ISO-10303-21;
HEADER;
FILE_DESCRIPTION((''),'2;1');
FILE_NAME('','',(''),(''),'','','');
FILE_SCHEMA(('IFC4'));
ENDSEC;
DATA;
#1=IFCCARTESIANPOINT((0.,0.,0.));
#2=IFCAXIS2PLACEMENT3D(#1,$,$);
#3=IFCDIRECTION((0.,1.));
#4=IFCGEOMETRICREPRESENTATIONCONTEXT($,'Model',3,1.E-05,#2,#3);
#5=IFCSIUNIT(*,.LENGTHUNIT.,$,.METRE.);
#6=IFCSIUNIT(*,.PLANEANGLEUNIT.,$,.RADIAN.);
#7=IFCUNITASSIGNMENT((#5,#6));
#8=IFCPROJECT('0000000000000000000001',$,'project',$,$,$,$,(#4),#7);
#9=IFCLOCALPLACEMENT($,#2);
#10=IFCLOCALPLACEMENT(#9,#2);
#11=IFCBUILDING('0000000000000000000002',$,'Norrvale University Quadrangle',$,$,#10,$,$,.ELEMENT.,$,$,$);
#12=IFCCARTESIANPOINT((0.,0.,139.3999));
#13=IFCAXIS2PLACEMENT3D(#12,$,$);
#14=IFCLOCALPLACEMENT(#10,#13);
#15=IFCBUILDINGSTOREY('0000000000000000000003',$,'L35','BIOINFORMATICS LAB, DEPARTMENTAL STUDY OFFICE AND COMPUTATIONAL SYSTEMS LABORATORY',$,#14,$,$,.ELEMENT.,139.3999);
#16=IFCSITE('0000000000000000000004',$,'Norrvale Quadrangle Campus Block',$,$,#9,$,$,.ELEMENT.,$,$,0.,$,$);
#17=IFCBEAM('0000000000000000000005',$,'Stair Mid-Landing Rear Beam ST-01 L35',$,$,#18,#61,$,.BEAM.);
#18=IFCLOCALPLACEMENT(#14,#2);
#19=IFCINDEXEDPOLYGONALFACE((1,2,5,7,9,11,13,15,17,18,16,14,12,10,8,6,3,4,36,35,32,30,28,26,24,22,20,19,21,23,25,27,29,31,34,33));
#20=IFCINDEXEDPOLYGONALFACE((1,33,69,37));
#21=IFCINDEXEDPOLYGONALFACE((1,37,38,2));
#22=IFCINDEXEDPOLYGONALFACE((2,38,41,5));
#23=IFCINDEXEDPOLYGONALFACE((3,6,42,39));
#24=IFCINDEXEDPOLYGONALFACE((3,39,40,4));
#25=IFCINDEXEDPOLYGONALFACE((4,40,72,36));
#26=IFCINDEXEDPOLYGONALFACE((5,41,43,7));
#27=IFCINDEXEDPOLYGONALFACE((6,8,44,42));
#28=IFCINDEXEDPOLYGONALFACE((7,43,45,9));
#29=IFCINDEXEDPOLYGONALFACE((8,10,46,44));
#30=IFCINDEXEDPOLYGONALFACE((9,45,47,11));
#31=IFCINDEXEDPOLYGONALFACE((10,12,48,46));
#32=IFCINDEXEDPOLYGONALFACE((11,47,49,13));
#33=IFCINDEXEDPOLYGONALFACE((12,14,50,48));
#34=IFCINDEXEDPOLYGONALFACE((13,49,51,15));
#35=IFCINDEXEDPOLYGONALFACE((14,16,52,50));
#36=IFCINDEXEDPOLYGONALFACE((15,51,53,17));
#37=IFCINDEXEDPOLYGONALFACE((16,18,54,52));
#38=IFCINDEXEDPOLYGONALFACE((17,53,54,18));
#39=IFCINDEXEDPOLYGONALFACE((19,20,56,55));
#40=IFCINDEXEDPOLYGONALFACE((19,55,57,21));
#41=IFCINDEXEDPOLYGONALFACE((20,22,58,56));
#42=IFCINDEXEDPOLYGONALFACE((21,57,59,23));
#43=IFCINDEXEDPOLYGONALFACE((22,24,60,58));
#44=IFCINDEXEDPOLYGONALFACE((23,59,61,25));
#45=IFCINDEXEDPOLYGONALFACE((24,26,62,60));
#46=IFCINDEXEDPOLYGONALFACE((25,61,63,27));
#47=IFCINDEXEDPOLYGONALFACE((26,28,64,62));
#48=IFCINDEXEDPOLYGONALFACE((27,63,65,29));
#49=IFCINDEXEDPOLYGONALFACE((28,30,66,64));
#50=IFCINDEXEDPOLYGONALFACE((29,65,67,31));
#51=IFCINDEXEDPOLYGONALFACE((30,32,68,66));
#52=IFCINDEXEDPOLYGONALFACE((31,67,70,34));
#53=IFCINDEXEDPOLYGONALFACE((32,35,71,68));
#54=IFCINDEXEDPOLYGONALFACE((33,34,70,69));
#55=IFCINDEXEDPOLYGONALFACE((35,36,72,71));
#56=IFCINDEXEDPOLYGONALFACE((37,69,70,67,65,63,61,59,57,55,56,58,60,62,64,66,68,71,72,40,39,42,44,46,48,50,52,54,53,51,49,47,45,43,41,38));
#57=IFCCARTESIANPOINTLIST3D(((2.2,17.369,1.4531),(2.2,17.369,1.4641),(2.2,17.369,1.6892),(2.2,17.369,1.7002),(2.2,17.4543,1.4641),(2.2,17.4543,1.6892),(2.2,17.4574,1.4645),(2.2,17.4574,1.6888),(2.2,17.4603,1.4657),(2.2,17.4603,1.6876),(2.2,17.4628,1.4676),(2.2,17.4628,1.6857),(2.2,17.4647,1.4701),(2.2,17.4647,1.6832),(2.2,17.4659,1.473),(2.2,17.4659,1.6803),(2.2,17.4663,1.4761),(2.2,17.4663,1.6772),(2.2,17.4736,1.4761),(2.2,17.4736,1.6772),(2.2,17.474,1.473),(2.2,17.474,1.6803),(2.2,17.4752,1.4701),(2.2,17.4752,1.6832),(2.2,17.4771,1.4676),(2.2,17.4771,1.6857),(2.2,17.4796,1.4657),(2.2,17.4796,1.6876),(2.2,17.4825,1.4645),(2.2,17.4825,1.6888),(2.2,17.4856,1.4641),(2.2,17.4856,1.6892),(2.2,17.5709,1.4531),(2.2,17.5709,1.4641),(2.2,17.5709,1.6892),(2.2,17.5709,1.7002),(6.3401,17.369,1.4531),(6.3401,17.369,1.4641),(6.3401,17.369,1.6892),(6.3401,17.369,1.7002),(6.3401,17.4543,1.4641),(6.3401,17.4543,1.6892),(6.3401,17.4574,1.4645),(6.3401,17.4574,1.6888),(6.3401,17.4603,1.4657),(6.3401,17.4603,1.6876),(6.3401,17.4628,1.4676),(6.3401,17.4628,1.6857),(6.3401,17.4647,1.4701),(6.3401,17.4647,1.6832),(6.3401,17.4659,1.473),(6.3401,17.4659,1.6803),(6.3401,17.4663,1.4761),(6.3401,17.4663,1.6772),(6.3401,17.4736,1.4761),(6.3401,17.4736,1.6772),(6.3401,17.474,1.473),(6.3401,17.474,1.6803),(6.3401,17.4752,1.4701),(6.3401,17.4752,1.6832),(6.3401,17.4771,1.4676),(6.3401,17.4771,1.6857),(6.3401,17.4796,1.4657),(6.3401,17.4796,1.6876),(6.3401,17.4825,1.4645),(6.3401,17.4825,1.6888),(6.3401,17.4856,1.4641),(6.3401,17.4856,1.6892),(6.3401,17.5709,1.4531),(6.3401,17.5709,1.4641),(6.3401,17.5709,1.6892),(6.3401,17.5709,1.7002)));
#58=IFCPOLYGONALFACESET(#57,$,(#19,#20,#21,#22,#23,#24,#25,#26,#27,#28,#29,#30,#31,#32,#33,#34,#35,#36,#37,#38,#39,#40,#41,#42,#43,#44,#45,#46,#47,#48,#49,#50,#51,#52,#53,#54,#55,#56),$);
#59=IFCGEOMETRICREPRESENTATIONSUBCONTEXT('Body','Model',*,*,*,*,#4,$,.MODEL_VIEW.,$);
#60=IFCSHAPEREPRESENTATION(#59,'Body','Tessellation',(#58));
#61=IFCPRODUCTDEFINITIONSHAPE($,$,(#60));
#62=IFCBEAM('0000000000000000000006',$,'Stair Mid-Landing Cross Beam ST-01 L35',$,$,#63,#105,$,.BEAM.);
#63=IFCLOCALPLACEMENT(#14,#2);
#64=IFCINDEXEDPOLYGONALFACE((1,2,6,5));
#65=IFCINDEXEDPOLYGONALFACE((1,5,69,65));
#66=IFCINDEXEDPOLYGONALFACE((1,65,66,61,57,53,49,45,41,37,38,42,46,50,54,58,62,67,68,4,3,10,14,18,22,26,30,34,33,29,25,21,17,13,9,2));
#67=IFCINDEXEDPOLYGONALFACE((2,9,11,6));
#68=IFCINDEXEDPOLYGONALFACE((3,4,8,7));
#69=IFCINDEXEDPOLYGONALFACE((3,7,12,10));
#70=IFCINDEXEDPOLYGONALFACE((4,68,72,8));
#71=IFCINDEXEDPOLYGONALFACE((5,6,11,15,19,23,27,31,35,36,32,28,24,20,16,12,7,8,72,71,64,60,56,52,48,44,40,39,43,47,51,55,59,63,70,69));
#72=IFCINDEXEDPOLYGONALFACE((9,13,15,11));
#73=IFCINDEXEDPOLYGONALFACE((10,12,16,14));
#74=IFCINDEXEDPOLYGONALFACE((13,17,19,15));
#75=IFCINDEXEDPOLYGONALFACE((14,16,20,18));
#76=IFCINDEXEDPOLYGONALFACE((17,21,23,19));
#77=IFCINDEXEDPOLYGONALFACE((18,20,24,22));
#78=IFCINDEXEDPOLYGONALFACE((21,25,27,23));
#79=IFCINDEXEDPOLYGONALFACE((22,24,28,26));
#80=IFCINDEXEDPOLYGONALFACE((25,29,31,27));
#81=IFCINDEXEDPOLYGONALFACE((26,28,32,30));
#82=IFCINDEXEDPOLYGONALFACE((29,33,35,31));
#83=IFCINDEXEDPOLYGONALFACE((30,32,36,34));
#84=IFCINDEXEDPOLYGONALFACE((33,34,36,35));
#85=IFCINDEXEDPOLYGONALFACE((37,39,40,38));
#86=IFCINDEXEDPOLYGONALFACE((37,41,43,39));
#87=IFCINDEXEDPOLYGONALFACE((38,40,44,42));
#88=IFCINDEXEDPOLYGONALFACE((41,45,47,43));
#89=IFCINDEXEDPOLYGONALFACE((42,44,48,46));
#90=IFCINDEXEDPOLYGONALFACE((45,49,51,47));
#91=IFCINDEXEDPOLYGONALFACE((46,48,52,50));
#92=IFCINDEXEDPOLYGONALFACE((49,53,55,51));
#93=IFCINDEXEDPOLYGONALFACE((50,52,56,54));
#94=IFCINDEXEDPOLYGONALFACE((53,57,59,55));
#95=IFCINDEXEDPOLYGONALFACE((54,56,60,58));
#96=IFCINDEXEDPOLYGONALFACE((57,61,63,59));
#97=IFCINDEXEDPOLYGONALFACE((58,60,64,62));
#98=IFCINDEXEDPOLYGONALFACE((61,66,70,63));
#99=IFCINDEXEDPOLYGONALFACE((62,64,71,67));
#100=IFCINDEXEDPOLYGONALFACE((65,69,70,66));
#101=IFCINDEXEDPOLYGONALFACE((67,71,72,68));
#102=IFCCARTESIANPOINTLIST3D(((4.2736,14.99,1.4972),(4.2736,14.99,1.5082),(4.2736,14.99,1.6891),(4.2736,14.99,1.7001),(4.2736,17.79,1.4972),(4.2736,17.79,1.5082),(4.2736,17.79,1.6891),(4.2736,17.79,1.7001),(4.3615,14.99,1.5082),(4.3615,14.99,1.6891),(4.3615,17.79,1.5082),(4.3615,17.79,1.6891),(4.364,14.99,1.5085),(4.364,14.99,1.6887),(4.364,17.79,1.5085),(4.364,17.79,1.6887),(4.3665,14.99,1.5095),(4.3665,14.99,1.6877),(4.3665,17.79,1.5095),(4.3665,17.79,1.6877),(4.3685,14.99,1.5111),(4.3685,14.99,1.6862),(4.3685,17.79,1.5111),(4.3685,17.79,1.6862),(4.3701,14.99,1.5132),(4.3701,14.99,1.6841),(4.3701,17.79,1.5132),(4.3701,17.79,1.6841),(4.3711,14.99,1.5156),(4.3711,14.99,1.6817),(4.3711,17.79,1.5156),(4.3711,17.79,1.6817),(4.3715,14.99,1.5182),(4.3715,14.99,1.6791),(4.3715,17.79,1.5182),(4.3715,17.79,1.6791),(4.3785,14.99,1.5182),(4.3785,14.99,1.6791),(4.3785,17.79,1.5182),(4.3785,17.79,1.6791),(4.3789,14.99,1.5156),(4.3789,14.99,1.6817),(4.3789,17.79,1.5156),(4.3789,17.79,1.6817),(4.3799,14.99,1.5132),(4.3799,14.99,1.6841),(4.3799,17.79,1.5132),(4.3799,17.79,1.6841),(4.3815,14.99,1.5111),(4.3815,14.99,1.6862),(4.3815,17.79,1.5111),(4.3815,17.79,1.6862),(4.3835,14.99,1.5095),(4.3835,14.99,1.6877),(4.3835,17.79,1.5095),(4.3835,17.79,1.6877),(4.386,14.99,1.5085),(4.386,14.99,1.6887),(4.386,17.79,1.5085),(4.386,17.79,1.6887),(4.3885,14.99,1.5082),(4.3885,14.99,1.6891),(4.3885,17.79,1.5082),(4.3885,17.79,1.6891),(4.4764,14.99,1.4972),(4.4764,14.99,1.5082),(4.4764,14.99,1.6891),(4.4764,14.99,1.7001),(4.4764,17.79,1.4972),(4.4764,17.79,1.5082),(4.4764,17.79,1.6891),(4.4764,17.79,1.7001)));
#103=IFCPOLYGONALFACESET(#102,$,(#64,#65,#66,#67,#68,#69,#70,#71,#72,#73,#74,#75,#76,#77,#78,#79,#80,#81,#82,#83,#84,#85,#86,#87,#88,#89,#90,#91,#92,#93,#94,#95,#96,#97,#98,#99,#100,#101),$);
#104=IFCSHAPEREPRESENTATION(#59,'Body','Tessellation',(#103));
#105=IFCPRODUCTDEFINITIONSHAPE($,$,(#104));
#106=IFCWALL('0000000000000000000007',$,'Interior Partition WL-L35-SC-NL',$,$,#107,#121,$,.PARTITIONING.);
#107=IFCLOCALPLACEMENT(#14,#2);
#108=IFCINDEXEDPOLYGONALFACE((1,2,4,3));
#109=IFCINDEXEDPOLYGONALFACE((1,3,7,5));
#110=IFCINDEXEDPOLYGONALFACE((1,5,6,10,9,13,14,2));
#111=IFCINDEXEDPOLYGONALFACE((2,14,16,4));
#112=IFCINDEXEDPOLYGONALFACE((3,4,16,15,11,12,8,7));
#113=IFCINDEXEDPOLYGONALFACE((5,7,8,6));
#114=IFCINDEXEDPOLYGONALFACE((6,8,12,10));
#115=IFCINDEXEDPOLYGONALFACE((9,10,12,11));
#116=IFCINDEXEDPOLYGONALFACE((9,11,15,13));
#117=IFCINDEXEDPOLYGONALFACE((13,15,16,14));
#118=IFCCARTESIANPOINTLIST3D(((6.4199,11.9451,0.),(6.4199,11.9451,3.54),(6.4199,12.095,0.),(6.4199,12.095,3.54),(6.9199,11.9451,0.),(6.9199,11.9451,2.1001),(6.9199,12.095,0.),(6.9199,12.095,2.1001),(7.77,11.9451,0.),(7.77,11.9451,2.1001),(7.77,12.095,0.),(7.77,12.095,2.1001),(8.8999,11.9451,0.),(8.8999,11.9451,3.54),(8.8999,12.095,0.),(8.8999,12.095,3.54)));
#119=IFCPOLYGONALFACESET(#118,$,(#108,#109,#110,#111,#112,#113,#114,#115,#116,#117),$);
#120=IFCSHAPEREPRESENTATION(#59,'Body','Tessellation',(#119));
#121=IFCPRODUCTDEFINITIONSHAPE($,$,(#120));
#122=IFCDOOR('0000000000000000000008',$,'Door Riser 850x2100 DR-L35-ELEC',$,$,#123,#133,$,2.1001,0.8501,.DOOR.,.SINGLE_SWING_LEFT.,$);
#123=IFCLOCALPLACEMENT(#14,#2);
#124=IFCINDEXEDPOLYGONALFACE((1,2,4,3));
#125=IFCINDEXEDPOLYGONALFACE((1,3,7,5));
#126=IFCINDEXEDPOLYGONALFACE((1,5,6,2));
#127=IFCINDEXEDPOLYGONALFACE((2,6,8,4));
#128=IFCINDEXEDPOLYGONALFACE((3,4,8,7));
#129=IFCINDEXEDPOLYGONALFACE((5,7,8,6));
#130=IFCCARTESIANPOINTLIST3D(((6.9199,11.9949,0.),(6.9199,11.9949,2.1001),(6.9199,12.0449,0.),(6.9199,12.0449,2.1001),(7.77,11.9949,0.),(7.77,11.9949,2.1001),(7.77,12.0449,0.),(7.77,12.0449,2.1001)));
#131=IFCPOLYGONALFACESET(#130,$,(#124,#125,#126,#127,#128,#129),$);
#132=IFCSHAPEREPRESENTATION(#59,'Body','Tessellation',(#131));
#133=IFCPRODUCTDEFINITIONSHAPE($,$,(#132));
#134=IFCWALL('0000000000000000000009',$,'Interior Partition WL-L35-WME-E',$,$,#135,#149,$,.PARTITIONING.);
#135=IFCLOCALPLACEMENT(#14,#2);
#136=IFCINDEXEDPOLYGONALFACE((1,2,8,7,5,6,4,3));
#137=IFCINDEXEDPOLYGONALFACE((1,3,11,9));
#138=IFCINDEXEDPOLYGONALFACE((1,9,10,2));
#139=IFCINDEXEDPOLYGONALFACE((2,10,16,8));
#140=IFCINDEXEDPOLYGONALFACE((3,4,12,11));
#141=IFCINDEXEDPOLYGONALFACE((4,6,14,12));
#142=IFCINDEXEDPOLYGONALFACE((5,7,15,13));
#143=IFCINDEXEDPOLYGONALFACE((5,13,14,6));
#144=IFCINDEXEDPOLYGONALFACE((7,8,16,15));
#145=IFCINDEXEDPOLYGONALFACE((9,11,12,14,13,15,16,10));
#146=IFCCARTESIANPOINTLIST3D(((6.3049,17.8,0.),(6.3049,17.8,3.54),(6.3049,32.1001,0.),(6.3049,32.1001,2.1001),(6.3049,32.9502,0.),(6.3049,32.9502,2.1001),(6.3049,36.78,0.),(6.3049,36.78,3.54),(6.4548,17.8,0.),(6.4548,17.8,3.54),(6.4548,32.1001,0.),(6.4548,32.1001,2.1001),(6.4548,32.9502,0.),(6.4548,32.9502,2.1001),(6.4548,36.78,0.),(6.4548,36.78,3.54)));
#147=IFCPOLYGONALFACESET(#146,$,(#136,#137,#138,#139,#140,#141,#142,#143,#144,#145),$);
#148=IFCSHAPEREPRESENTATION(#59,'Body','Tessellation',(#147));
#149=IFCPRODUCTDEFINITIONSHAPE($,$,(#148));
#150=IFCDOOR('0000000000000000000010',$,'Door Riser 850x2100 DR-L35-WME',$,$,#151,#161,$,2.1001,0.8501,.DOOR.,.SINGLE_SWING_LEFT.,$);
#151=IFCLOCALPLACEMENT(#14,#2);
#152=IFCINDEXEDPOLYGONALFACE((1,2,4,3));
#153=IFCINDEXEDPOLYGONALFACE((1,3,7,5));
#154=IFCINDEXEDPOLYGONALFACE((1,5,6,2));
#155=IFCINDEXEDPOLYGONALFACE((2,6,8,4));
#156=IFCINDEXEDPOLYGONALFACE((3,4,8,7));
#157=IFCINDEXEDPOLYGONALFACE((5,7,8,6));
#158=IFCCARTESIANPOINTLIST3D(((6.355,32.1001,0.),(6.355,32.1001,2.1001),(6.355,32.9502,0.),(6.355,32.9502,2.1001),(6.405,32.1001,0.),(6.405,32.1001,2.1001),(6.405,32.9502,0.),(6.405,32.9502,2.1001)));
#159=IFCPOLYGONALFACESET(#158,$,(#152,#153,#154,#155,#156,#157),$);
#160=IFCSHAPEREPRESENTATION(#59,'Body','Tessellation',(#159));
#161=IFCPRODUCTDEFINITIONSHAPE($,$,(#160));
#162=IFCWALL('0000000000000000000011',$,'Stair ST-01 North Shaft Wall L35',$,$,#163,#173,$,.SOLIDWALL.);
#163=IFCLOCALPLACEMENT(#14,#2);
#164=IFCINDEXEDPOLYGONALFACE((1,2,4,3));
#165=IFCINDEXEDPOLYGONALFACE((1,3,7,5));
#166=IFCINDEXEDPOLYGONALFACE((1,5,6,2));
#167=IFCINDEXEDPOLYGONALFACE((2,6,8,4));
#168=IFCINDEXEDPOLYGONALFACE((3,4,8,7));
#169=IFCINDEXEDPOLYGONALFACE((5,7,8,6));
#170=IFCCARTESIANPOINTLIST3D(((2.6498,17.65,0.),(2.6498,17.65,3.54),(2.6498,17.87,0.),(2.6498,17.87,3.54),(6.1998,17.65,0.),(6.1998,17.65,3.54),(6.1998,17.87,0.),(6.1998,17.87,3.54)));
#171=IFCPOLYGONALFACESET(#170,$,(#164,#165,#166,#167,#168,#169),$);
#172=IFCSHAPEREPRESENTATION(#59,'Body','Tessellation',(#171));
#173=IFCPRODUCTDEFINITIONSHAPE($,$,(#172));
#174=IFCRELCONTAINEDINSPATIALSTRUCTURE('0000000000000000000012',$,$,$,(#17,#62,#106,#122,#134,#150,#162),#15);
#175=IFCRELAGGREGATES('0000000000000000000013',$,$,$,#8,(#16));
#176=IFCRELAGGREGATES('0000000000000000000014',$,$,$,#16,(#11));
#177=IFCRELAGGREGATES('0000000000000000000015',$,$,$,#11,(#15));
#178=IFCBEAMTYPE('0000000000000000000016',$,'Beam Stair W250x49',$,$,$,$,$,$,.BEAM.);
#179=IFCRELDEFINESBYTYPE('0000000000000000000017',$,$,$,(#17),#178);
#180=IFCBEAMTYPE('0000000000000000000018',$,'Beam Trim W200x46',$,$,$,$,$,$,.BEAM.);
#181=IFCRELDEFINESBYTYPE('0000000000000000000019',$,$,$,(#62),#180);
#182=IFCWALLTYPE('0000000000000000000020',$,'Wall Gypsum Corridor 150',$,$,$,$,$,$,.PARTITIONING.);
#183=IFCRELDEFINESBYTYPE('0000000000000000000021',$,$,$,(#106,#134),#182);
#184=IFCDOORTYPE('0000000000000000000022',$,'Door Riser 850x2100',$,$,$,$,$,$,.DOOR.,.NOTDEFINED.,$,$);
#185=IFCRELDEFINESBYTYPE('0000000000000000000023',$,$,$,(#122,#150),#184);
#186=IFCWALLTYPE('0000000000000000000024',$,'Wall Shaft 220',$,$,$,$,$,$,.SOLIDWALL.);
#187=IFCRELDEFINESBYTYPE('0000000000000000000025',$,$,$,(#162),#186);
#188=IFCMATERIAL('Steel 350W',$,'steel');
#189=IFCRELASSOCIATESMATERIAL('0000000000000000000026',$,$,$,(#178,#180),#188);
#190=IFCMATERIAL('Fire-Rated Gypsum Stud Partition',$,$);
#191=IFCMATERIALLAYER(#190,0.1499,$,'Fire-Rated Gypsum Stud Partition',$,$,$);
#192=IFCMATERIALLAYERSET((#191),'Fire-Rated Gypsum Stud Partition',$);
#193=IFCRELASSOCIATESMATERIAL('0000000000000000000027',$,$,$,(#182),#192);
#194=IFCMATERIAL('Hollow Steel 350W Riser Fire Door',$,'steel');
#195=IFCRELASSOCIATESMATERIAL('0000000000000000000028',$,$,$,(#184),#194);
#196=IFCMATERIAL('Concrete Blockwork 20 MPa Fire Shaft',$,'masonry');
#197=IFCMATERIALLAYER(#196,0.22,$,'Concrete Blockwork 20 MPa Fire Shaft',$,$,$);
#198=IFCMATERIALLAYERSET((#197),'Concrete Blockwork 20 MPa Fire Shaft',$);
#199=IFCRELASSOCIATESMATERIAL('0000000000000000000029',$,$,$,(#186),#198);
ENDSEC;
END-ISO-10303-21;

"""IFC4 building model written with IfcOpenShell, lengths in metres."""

from ifc_helpers import new_model, si_unit, direction, frame, frame_2d, origin, origin_2d, place, context, subcontext, project, spatial, rectangle, i_section, extrude, material, layer, layer_set, material_profile, profile_set, type_object, element, fill, save


model = new_model("IFC4")

# Units and contexts
model_context = context("Model", 3, precision=1e-05, world=origin(), true_north=direction((0.0, 1.0)))
body_context = subcontext(model_context, "Body", "Model", "MODEL_VIEW")
ifc_project = project(units=[si_unit("LENGTHUNIT", "METRE"), si_unit("PLANEANGLEUNIT", "RADIAN")], contexts=[model_context])

# Site, building, storey
site_placement = place(None, origin())
site = spatial("IfcSite", under=ifc_project, at=site_placement, Name="Norrvale Quadrangle Campus Block", CompositionType="ELEMENT", RefElevation=0.0)
building_placement = place(site_placement, origin())
building = spatial("IfcBuilding", under=site, at=building_placement, Name="Norrvale University Quadrangle", CompositionType="ELEMENT")
storey_placement = place(building_placement, frame((0.0, 0.0, 139.3999)))
storey = spatial("IfcBuildingStorey", under=building, at=storey_placement, Name="L35", Description="BIOINFORMATICS LAB, DEPARTMENTAL STUDY OFFICE AND COMPUTATIONAL SYSTEMS LABORATORY", CompositionType="ELEMENT", Elevation=139.3999)

# Beams
ifc_material_1 = material(Name="Steel 350W", Category="steel")
ifc_material_profile_1 = material_profile(ifc_material_1, i_section(OverallWidth=0.2019, OverallDepth=0.2471, WebThickness=0.0073, FlangeThickness=0.011, FilletRadius=0.012, at=origin_2d()), Name="Steel 350W")
ifc_profile_set_1 = profile_set([ifc_material_profile_1], Name="Steel 350W")
beam_type_1 = type_object("IfcBeamType", Name="Beam Stair W250x49", PredefinedType="BEAM", material=ifc_profile_set_1)
for number, where, z_axis, x_axis, name in (
    (1, (2.2, 17.47, 1.5767), (1.0, 0.0, 0.0), (0.0, 1.0, 0.0), "Stair Mid-Landing Rear Beam ST-01 L35"),
):
    element("IfcBeam", number, at=place(storey_placement, frame(where, z_axis=z_axis, x_axis=x_axis)), inside=storey, type_object=beam_type_1, Name=name, PredefinedType="BEAM", context=body_context, shape_type="SweptSolid", body=[
        extrude(i_section(OverallWidth=0.2019, OverallDepth=0.2471, WebThickness=0.0073, FlangeThickness=0.011, FilletRadius=0.012, at=origin_2d()), origin(), (0.0, 0.0, 1.0), 4.1401),
    ])
ifc_material_profile_2 = material_profile(ifc_material_1, i_section(OverallWidth=0.2029, OverallDepth=0.2029, WebThickness=0.0071, FlangeThickness=0.011, FilletRadius=0.01, at=origin_2d()), Name="Steel 350W")
ifc_profile_set_2 = profile_set([ifc_material_profile_2], Name="Steel 350W")
beam_type_2 = type_object("IfcBeamType", Name="Beam Trim W200x46", PredefinedType="BEAM", material=ifc_profile_set_2)
beam_1_placement = place(storey_placement, frame((4.375, 14.99, 1.5986), z_axis=(0.0, 1.0, 0.0), x_axis=(-1.0, 0.0, 0.0)))
element("IfcBeam", 2, at=beam_1_placement, inside=storey, type_object=beam_type_2, Name="Stair Mid-Landing Cross Beam ST-01 L35", PredefinedType="BEAM", context=body_context, shape_type="SweptSolid", body=[
    extrude(i_section(OverallWidth=0.2029, OverallDepth=0.2029, WebThickness=0.0071, FlangeThickness=0.011, FilletRadius=0.01, at=origin_2d()), origin(), (0.0, 0.0, 1.0), 2.8),
])

# Walls, openings, doors
ifc_material_2 = material(Name="Fire-Rated Gypsum Stud Partition")
ifc_layer_1 = layer(ifc_material_2, 0.1499, Name="Fire-Rated Gypsum Stud Partition")
ifc_layer_set_1 = layer_set([ifc_layer_1], Name="Fire-Rated Gypsum Stud Partition")
wall_type_1 = type_object("IfcWallType", Name="Wall Gypsum Corridor 150", PredefinedType="PARTITIONING", material=ifc_layer_set_1)
wall_1_placement = place(storey_placement, frame((6.4199, 12.02, 0.0), z_axis=(0.0, 0.0, 1.0), x_axis=(1.0, 0.0, 0.0)))
wall_1 = element("IfcWall", 3, at=wall_1_placement, inside=storey, type_object=wall_type_1, Name="Interior Partition WL-L35-SC-NL", PredefinedType="PARTITIONING", context=body_context, shape_type="SweptSolid", body=[
    extrude(rectangle(XDim=2.48, YDim=0.1499, at=frame_2d((1.24, 0.0))), origin(), (0.0, 0.0, 1.0), 3.54),
])
opening_1_placement = place(wall_1_placement, frame((0.5, 0.0, 0.0)))
opening_1 = element("IfcOpeningElement", 4, at=opening_1_placement, cuts=wall_1, PredefinedType="OPENING", context=body_context, shape_type="SweptSolid", body=[
    extrude(rectangle(XDim=0.8501, YDim=2.1001, at=frame_2d((0.425, 1.05))), frame((0.0, 0.0869, 0.0), z_axis=(0.0, -1.0, 0.0), x_axis=(1.0, 0.0, 0.0)), (0.0, 0.0, 1.0), 0.1738),
])
ifc_material_3 = material(Name="Hollow Steel 350W Riser Fire Door", Category="steel")
door_type = type_object("IfcDoorType", Name="Door Riser 850x2100", OperationType="NOTDEFINED", PredefinedType="DOOR", material=ifc_material_3)
door_1_placement = place(opening_1_placement, origin())
door_1 = element("IfcDoor", 5, at=door_1_placement, inside=storey, type_object=door_type, Name="Door Riser 850x2100 DR-L35-ELEC", OperationType="SINGLE_SWING_LEFT", OverallHeight=2.1001, OverallWidth=0.8501, PredefinedType="DOOR", context=body_context, shape_type="SweptSolid", body=[
    extrude(rectangle(XDim=0.8501, YDim=2.1001, at=frame_2d((0.425, 1.05))), frame((0.0, 0.0249, 0.0), z_axis=(0.0, -1.0, 0.0), x_axis=(1.0, 0.0, 0.0)), (0.0, 0.0, 1.0), 0.05),
])
fill(opening_1, door_1)
wall_2_placement = place(storey_placement, frame((6.3799, 17.8, 0.0), z_axis=(0.0, 0.0, 1.0), x_axis=(0.0, 1.0, 0.0)))
wall_2 = element("IfcWall", 6, at=wall_2_placement, inside=storey, type_object=wall_type_1, Name="Interior Partition WL-L35-WME-E", PredefinedType="PARTITIONING", context=body_context, shape_type="SweptSolid", body=[
    extrude(rectangle(XDim=18.98, YDim=0.1499, at=frame_2d((9.49, 0.0))), origin(), (0.0, 0.0, 1.0), 3.54),
])
opening_2_placement = place(wall_2_placement, frame((14.3, 0.0, 0.0)))
opening_2 = element("IfcOpeningElement", 7, at=opening_2_placement, cuts=wall_2, PredefinedType="OPENING", context=body_context, shape_type="SweptSolid", body=[
    extrude(rectangle(XDim=0.8501, YDim=2.1001, at=frame_2d((0.425, 1.05))), frame((0.0, 0.0869, 0.0), z_axis=(0.0, -1.0, 0.0), x_axis=(1.0, 0.0, 0.0)), (0.0, 0.0, 1.0), 0.1738),
])
door_2_placement = place(opening_2_placement, origin())
door_2 = element("IfcDoor", 8, at=door_2_placement, inside=storey, type_object=door_type, Name="Door Riser 850x2100 DR-L35-WME", OperationType="SINGLE_SWING_LEFT", OverallHeight=2.1001, OverallWidth=0.8501, PredefinedType="DOOR", context=body_context, shape_type="SweptSolid", body=[
    extrude(rectangle(XDim=0.8501, YDim=2.1001, at=frame_2d((0.425, 1.05))), frame((0.0, 0.0249, 0.0), z_axis=(0.0, -1.0, 0.0), x_axis=(1.0, 0.0, 0.0)), (0.0, 0.0, 1.0), 0.05),
])
fill(opening_2, door_2)

# Wall
ifc_material_4 = material(Name="Concrete Blockwork 20 MPa Fire Shaft", Category="masonry")
ifc_layer_2 = layer(ifc_material_4, 0.22, Name="Concrete Blockwork 20 MPa Fire Shaft")
ifc_layer_set_2 = layer_set([ifc_layer_2], Name="Concrete Blockwork 20 MPa Fire Shaft")
wall_type_2 = type_object("IfcWallType", Name="Wall Shaft 220", PredefinedType="SOLIDWALL", material=ifc_layer_set_2)
wall_3_placement = place(storey_placement, frame((2.6499, 17.76, 0.0), z_axis=(0.0, 0.0, 1.0), x_axis=(1.0, 0.0, 0.0)))
element("IfcWall", 9, at=wall_3_placement, inside=storey, type_object=wall_type_2, Name="Stair ST-01 North Shaft Wall L35", PredefinedType="SOLIDWALL", context=body_context, shape_type="SweptSolid", body=[
    extrude(rectangle(XDim=3.55, YDim=0.22, at=frame_2d((1.7749, 0.0))), origin(), (0.0, 0.0, 1.0), 3.54),
])

save(model, "model.ifc")
